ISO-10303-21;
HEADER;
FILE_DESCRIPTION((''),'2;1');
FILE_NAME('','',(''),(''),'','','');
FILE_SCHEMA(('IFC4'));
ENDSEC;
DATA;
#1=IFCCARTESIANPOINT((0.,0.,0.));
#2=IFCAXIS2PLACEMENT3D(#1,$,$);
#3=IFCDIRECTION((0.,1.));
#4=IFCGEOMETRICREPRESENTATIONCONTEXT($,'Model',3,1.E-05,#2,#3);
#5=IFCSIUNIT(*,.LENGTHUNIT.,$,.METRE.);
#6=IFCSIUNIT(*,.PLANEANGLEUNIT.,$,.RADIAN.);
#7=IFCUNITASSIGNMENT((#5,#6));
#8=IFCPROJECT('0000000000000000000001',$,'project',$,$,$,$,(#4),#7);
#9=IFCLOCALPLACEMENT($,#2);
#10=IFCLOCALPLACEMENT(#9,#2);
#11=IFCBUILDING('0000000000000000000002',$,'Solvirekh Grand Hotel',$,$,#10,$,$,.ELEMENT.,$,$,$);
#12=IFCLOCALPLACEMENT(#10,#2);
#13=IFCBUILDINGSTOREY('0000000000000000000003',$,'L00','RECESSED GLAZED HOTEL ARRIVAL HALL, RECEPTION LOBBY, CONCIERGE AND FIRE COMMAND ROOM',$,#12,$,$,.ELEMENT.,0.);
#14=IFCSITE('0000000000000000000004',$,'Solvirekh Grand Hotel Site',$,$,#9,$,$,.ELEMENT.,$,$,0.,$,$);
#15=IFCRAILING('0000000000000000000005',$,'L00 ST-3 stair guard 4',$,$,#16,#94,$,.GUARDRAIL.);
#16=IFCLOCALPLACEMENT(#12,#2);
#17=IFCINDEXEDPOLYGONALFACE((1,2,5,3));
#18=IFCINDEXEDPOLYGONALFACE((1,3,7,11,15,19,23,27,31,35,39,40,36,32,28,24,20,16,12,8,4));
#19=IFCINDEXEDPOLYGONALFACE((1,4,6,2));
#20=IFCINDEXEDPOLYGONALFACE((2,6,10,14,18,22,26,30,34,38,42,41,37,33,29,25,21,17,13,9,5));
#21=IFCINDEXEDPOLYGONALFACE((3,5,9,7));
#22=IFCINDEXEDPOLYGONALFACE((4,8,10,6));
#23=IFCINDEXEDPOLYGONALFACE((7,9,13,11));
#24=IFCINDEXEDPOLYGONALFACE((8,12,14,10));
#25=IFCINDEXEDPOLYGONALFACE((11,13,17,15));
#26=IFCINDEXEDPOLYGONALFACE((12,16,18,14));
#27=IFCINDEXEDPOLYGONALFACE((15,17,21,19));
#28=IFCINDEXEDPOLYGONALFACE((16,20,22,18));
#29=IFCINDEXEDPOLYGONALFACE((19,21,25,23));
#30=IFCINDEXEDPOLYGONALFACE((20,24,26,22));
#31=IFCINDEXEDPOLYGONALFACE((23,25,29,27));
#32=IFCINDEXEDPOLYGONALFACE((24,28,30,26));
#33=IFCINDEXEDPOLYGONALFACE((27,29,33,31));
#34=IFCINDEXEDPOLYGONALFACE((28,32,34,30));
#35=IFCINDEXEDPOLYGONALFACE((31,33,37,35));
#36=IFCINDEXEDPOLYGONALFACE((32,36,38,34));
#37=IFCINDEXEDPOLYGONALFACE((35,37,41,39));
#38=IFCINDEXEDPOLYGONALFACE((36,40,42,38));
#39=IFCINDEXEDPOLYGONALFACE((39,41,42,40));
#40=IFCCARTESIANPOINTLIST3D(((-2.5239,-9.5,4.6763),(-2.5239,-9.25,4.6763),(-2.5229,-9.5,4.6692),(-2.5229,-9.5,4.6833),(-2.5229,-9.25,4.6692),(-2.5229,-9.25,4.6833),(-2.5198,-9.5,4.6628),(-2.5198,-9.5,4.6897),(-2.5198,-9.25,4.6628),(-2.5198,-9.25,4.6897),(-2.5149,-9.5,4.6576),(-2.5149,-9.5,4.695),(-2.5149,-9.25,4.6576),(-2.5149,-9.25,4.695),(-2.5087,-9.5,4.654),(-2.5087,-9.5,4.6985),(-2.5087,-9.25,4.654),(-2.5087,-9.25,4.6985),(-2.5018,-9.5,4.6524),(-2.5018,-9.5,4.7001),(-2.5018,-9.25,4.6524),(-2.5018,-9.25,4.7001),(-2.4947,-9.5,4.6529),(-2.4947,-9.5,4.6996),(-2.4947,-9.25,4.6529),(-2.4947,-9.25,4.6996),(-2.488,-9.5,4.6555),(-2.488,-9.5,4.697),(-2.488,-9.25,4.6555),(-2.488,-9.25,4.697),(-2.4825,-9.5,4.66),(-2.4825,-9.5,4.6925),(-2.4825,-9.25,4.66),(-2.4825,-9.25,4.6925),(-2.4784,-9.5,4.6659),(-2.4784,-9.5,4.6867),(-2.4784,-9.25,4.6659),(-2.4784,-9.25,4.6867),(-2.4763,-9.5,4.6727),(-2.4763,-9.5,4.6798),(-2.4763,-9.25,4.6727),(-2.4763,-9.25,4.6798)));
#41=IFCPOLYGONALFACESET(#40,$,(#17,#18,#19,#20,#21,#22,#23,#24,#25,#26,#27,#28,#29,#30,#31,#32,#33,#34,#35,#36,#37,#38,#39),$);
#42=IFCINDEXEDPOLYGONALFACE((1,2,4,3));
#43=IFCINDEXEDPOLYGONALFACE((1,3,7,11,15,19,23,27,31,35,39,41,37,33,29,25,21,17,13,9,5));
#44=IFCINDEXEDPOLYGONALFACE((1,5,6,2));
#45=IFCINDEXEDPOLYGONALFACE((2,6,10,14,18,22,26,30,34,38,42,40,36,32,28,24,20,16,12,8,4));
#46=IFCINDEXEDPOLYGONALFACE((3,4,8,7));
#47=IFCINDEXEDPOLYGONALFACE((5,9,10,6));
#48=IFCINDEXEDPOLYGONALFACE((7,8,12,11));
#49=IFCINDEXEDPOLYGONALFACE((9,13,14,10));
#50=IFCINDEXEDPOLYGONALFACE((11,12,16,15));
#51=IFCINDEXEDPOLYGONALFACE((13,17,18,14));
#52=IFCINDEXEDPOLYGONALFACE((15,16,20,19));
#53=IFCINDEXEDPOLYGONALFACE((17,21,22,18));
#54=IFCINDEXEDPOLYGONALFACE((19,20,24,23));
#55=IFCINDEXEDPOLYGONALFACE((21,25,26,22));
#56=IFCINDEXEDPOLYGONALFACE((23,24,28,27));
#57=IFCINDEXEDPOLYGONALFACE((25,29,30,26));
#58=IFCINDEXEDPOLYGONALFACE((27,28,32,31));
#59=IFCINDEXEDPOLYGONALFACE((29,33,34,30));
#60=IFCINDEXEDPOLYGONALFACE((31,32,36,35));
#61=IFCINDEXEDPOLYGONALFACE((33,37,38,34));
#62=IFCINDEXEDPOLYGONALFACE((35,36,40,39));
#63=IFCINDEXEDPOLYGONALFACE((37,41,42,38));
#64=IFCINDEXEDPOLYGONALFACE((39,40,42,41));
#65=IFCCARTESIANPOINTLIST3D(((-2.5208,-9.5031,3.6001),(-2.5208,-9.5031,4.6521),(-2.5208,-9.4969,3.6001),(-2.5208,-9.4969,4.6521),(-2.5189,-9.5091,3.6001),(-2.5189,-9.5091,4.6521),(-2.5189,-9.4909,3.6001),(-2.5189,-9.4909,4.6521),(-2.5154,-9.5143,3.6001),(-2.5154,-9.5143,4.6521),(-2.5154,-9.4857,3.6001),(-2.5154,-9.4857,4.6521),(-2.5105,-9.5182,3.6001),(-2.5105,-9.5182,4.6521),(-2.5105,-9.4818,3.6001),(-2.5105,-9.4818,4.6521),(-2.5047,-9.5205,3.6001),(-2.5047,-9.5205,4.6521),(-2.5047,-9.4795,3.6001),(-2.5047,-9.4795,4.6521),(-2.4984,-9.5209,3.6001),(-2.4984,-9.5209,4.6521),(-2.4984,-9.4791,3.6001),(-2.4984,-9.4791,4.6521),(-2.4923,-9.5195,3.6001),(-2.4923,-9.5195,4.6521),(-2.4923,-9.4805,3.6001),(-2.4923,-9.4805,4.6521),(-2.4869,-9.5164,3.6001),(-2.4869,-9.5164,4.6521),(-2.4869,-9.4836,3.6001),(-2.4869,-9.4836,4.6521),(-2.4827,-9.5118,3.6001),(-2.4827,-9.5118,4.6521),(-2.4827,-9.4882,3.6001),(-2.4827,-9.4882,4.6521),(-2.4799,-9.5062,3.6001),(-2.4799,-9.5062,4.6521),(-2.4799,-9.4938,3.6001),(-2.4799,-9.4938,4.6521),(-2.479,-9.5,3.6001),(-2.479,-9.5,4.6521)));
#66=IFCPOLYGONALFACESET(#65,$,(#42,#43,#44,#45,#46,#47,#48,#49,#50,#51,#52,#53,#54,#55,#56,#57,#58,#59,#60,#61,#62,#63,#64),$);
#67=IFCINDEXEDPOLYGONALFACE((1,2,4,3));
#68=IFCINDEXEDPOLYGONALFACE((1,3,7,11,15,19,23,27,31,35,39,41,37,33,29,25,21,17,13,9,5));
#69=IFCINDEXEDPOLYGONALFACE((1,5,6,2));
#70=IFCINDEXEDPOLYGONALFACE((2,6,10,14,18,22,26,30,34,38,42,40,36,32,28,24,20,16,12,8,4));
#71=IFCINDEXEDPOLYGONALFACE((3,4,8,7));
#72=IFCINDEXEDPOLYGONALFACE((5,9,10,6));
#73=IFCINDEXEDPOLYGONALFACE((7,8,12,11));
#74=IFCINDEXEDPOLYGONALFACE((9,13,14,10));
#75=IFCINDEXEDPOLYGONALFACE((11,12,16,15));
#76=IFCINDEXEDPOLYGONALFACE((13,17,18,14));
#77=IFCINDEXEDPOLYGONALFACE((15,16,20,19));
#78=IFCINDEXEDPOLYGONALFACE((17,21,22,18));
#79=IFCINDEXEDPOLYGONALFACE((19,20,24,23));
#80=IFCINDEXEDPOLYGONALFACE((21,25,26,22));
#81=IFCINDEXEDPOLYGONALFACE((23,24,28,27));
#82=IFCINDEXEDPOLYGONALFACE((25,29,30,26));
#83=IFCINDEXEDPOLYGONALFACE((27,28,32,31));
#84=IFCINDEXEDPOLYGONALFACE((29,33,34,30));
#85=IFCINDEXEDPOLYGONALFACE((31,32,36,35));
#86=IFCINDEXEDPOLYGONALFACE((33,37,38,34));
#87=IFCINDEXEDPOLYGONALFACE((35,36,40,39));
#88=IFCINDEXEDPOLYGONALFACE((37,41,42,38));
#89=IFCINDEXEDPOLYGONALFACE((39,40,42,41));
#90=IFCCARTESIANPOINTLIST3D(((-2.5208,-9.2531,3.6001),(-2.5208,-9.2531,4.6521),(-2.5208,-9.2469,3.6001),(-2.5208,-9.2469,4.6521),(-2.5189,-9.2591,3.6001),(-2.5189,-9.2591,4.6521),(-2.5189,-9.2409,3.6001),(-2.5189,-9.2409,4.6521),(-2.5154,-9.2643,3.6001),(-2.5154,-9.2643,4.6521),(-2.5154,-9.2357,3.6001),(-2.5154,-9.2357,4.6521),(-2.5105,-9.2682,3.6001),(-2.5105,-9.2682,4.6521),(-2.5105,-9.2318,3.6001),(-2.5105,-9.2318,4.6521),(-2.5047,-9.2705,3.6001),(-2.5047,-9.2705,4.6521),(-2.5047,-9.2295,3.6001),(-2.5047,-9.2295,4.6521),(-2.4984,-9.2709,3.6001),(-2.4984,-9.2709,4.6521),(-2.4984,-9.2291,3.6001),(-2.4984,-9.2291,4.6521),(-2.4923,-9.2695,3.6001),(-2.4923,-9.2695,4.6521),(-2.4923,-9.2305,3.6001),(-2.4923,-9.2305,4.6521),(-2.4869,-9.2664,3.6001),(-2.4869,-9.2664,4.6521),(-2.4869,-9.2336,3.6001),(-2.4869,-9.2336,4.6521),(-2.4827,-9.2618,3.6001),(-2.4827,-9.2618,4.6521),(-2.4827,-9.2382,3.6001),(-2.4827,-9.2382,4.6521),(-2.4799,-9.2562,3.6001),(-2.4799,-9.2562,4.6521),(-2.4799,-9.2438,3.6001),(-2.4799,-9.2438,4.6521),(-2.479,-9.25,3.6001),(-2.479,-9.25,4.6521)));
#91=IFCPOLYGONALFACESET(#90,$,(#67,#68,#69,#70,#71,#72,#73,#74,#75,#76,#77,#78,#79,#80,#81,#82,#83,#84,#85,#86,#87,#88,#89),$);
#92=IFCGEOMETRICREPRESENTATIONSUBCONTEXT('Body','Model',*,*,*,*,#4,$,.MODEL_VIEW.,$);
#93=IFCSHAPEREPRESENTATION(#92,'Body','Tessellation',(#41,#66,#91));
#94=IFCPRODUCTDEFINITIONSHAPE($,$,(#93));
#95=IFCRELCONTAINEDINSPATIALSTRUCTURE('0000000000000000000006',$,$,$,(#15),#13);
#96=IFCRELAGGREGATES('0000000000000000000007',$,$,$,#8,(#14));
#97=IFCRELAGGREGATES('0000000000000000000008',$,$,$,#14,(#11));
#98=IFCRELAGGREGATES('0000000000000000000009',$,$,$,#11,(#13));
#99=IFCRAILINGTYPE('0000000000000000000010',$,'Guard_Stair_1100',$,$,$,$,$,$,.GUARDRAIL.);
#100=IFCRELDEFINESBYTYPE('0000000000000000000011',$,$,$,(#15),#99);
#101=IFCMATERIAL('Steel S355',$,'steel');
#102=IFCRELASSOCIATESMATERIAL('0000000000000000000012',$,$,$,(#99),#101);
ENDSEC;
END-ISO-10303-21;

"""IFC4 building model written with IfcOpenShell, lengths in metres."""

from ifc_helpers import new_model, si_unit, direction, frame, origin, origin_2d, place, context, subcontext, project, spatial, circle, extrude, material, type_object, element, save


model = new_model("IFC4")

# Units and contexts
model_context = context("Model", 3, precision=1e-05, world=origin(), true_north=direction((0.0, 1.0)))
body_context = subcontext(model_context, "Body", "Model", "MODEL_VIEW")
ifc_project = project(units=[si_unit("LENGTHUNIT", "METRE"), si_unit("PLANEANGLEUNIT", "RADIAN")], contexts=[model_context])

# Site, building, storey
site_placement = place(None, origin())
site = spatial("IfcSite", under=ifc_project, at=site_placement, Name="Solvirekh Grand Hotel Site", CompositionType="ELEMENT", RefElevation=0.0)
building_placement = place(site_placement, origin())
building = spatial("IfcBuilding", under=site, at=building_placement, Name="Solvirekh Grand Hotel", CompositionType="ELEMENT")
storey_placement = place(building_placement, origin())
storey = spatial("IfcBuildingStorey", under=building, at=storey_placement, Name="L00", Description="RECESSED GLAZED HOTEL ARRIVAL HALL, RECEPTION LOBBY, CONCIERGE AND FIRE COMMAND ROOM", CompositionType="ELEMENT", Elevation=0.0)

# Railing
ifc_material_1 = material(Name="Steel S355", Category="steel")
railing_type_1 = type_object("IfcRailingType", Name="Guard_Stair_1100", PredefinedType="GUARDRAIL", material=ifc_material_1)
railing_1_placement = place(storey_placement, frame((-2.5, -9.5, 3.6001)))
element("IfcRailing", 1, at=railing_1_placement, inside=storey, type_object=railing_type_1, Name="L00 ST-3 stair guard 4", PredefinedType="GUARDRAIL", context=body_context, shape_type="SweptSolid", body=[
    extrude(circle(Radius=0.0239, at=origin_2d()), frame((0.0, 0.0, 1.0762), z_axis=(0.0, 1.0, 0.0), x_axis=(-1.0, 0.0, 0.0)), (0.0, 0.0, 1.0), 0.25),
    extrude(circle(Radius=0.021, at=origin_2d()), origin(), (0.0, 0.0, 1.0), 1.052),
    extrude(circle(Radius=0.021, at=origin_2d()), frame((0.0, 0.25, 0.0)), (0.0, 0.0, 1.0), 1.052),
])

save(model, "model.ifc")
